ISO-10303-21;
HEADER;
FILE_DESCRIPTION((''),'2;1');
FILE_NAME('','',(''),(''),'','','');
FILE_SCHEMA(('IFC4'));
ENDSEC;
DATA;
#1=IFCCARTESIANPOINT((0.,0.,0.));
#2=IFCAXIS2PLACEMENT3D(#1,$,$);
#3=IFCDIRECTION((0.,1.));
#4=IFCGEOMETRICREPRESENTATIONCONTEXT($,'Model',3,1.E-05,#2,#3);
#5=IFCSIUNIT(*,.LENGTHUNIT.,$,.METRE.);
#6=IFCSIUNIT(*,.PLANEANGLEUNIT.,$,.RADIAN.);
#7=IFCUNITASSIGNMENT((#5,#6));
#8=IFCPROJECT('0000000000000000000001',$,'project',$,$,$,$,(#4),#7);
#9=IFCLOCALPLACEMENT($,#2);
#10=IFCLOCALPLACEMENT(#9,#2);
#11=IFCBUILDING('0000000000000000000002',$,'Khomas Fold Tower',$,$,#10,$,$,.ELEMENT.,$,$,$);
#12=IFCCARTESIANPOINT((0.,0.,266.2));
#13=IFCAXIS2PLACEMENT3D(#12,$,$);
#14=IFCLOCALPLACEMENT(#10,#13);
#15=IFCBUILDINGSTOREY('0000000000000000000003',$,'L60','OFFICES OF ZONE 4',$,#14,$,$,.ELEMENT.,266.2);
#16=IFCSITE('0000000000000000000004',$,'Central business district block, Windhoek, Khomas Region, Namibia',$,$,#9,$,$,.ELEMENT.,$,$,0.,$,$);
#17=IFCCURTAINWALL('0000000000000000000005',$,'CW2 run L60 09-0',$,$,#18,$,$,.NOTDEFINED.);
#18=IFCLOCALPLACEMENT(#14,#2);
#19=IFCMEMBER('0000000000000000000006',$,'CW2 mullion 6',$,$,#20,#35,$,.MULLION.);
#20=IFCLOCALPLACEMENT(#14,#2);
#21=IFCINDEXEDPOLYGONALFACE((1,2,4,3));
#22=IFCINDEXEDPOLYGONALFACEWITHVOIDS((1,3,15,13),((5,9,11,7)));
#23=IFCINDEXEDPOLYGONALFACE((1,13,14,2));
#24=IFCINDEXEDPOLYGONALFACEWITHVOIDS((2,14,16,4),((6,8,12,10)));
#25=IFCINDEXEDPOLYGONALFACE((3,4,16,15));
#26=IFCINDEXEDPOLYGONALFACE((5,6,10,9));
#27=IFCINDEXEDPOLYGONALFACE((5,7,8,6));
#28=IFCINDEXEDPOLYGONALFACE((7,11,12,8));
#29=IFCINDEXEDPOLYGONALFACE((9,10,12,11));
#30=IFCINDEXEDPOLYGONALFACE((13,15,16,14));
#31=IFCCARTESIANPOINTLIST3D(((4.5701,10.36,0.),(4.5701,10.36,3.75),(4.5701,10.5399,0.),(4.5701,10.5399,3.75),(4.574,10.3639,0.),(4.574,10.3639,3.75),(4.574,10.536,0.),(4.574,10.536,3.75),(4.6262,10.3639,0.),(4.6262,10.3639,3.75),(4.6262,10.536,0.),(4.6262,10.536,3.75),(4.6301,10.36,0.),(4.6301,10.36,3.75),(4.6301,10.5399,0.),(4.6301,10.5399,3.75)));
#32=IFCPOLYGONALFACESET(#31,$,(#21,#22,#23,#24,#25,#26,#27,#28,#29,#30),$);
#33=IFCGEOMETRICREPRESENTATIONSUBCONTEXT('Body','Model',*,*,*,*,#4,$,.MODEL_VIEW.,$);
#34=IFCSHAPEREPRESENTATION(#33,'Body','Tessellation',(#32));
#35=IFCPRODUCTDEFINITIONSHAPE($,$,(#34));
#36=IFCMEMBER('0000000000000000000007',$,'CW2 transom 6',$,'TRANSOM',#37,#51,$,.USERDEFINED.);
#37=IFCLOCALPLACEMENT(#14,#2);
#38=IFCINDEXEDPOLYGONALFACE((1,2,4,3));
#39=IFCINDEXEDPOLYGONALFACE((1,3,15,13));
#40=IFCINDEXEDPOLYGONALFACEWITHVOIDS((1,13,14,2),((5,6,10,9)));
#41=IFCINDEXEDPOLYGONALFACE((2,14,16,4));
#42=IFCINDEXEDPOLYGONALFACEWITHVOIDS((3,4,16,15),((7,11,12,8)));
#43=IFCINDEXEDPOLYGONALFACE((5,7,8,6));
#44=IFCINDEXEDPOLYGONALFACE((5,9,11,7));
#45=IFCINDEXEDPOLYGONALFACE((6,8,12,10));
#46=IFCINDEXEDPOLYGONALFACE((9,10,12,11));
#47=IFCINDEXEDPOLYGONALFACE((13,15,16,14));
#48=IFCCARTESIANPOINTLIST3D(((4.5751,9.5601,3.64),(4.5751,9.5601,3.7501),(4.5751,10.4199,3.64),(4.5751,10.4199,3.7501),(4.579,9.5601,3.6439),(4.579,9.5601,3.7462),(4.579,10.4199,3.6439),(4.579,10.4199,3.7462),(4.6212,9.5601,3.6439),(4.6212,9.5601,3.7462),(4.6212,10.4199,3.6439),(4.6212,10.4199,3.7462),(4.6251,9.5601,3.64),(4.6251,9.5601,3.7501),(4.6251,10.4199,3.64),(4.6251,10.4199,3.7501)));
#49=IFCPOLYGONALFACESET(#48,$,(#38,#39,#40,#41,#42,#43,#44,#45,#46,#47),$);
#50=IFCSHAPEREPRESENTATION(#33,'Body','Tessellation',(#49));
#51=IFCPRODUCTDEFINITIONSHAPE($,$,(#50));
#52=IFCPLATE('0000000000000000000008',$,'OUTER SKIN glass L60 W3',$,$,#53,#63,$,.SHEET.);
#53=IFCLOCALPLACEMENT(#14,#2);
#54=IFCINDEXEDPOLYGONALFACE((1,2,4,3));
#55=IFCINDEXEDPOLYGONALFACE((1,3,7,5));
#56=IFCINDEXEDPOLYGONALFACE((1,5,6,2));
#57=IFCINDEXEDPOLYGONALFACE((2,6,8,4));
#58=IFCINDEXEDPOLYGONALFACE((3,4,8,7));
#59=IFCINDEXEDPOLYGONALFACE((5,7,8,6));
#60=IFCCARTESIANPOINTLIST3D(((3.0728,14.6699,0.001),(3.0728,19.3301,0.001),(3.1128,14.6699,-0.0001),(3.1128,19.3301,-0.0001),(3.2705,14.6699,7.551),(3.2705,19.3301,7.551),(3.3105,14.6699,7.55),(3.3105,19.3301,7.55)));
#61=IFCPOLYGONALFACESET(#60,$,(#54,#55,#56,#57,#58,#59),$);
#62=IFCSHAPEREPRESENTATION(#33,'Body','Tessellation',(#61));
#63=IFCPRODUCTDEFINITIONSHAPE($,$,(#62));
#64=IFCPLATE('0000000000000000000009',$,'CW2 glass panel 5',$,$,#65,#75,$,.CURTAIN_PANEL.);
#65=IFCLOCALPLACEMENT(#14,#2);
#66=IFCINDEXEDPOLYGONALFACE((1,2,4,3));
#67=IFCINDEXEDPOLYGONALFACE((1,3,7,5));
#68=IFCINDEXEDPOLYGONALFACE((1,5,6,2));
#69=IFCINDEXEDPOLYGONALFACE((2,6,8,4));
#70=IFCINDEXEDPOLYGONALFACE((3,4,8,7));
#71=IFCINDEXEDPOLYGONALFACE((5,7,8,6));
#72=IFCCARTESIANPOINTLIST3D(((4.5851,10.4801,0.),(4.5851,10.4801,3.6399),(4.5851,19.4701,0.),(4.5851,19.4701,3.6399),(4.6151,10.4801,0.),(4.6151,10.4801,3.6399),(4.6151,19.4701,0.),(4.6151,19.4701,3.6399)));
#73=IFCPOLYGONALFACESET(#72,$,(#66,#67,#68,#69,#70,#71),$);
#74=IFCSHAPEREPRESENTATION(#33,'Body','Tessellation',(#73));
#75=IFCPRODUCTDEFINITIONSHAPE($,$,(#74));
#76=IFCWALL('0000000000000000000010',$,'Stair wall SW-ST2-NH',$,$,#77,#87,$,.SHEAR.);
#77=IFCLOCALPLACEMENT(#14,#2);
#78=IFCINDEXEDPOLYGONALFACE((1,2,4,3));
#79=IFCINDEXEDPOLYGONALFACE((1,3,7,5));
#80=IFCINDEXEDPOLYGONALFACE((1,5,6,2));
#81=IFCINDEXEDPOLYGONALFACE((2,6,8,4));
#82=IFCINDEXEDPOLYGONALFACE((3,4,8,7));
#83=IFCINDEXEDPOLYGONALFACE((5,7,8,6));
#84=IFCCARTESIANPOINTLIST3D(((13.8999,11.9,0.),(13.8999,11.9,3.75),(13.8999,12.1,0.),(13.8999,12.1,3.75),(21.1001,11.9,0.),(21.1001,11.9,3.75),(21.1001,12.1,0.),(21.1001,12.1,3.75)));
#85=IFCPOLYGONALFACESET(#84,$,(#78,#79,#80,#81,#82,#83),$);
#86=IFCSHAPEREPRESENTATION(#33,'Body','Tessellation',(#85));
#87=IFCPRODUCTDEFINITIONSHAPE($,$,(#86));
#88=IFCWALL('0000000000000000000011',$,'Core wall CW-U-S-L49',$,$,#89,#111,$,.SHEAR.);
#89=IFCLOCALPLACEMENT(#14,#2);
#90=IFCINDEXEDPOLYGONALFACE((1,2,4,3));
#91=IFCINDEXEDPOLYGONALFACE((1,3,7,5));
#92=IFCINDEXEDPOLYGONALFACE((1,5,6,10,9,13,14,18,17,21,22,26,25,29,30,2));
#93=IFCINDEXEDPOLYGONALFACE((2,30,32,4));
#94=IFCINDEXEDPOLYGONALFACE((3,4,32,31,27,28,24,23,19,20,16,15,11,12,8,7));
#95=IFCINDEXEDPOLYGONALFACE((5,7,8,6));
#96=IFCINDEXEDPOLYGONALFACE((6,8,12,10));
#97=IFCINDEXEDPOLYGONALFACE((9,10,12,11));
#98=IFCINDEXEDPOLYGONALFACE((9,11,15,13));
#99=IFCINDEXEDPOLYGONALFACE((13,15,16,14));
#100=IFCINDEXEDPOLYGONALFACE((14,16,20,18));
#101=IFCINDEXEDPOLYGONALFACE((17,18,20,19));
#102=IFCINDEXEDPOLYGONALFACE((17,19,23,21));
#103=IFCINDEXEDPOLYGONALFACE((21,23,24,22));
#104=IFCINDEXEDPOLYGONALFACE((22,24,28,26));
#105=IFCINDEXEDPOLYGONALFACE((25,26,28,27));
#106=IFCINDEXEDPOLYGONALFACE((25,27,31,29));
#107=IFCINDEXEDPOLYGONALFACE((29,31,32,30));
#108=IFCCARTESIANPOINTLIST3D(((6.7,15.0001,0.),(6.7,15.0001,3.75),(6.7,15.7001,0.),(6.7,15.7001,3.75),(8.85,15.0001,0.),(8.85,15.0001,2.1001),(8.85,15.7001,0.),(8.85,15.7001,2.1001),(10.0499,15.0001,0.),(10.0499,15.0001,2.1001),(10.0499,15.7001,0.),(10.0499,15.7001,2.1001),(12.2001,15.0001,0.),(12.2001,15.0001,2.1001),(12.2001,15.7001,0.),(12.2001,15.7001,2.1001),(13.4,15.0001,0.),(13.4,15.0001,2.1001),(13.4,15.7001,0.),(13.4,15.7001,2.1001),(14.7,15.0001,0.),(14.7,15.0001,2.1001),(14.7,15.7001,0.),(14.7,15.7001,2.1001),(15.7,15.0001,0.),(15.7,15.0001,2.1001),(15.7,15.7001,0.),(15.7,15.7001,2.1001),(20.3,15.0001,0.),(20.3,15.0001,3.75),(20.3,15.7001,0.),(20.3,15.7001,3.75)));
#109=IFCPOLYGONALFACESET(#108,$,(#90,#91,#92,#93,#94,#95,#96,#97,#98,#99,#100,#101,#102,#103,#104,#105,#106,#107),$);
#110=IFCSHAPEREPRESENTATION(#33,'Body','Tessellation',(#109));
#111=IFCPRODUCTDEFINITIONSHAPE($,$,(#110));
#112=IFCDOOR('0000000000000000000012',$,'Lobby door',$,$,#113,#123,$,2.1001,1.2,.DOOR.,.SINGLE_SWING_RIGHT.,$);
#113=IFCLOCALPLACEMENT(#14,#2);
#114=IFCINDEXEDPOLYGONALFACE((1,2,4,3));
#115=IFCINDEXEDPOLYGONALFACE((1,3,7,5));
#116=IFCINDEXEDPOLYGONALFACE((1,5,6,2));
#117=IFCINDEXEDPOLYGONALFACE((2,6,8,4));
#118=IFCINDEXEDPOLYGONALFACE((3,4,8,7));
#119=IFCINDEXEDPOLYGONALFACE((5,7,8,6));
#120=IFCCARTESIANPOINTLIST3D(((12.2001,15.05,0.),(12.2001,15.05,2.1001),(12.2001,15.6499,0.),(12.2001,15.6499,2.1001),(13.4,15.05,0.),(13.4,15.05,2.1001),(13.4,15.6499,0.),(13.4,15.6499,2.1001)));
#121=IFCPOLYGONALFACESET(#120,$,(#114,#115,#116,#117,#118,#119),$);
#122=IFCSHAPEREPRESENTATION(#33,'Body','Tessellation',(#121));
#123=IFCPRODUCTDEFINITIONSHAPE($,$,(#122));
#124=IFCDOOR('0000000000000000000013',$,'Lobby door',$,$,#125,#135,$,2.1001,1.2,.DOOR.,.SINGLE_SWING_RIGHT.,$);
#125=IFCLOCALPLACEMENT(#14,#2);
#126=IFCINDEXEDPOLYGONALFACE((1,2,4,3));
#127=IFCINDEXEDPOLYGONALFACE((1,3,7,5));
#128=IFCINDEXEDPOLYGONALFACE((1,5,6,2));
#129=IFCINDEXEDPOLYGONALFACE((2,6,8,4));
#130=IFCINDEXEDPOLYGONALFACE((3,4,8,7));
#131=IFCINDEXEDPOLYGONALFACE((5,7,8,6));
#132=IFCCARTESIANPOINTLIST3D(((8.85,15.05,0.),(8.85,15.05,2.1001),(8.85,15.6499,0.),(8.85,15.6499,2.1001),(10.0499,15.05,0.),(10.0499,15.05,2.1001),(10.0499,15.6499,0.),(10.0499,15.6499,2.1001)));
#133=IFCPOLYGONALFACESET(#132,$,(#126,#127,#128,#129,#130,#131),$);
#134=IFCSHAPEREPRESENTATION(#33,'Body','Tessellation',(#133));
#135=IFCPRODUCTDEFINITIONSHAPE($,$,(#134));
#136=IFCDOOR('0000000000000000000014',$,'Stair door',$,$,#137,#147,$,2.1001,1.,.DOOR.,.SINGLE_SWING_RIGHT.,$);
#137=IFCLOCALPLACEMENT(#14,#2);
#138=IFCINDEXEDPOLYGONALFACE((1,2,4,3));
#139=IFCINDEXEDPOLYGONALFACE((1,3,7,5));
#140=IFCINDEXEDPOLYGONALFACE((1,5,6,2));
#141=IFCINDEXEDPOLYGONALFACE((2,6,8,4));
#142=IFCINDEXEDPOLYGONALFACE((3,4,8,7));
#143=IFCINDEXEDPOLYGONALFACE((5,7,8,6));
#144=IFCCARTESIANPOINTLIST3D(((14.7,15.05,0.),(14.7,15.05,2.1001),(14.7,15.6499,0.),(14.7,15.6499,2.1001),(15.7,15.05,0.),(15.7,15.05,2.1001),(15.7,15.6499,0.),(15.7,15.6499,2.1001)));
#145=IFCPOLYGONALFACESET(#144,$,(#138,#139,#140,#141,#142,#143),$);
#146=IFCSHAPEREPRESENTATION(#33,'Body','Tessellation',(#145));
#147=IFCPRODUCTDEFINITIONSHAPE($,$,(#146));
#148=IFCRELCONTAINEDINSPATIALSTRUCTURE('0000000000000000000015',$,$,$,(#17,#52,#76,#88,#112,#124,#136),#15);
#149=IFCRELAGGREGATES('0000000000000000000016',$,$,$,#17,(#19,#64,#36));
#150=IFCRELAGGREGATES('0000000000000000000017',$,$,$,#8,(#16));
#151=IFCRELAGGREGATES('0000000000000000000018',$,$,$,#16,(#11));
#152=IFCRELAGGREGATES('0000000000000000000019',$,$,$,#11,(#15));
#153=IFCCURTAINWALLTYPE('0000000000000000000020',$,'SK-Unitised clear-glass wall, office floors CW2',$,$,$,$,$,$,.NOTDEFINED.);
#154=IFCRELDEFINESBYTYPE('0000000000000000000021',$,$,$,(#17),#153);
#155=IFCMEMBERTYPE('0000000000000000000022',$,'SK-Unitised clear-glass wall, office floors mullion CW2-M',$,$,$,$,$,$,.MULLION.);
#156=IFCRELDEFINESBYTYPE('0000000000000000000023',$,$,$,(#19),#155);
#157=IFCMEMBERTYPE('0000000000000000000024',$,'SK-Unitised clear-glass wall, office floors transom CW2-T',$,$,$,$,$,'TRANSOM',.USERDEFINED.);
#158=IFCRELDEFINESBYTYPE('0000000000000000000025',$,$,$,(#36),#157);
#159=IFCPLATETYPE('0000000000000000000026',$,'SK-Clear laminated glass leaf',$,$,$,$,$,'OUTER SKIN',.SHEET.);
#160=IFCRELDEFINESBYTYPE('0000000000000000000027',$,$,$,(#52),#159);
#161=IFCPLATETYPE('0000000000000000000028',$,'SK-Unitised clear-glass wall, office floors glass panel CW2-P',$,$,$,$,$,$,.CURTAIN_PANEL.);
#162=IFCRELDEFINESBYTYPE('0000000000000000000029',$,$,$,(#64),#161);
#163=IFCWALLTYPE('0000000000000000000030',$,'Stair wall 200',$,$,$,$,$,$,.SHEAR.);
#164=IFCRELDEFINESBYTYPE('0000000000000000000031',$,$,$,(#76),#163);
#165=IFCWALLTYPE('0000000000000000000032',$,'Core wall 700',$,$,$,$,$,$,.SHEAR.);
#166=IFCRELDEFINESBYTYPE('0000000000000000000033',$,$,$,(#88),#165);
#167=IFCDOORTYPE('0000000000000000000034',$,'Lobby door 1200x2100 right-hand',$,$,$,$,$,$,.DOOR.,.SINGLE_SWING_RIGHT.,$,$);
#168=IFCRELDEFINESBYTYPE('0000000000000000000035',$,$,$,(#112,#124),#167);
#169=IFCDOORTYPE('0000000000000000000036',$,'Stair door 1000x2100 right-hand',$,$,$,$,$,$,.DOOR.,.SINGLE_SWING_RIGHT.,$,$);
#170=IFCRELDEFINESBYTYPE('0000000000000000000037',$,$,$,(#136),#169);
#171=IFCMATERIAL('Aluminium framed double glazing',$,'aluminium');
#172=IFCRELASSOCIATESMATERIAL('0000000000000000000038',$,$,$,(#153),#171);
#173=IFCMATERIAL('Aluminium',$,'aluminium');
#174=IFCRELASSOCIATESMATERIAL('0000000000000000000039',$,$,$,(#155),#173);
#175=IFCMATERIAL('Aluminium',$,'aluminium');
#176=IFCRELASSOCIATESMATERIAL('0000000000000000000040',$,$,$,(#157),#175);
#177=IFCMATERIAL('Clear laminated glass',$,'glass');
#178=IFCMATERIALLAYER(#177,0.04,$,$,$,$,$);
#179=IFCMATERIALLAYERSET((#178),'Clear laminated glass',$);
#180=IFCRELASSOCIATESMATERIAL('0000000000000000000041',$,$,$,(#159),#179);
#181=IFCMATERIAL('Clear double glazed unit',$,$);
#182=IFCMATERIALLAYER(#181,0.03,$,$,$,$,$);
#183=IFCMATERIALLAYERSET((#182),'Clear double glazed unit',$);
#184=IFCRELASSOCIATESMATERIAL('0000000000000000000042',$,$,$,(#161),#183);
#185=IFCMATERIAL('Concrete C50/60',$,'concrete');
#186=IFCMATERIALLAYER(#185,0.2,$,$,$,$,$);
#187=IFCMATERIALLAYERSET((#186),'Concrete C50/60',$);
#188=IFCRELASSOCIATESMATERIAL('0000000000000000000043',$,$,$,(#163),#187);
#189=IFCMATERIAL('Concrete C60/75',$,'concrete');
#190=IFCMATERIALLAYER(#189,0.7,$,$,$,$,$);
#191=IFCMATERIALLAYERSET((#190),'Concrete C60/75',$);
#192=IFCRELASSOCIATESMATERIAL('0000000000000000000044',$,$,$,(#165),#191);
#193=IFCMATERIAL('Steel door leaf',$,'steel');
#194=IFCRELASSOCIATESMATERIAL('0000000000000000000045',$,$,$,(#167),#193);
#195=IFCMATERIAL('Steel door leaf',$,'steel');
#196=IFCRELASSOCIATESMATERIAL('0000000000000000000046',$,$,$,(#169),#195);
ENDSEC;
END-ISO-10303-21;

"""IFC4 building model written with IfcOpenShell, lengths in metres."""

from ifc_helpers import new_model, si_unit, direction, frame, frame_2d, origin, origin_2d, place, context, subcontext, project, spatial, polyline, rectangle, hollow_rectangle, outline, extrude, source, transform, mapped, material, layer, layer_set, material_profile, profile_set, type_object, element, fill, aggregate, save


model = new_model("IFC4")

# Units and contexts
model_context = context("Model", 3, precision=1e-05, world=origin(), true_north=direction((0.0, 1.0)))
body_context = subcontext(model_context, "Body", "Model", "MODEL_VIEW")
ifc_project = project(units=[si_unit("LENGTHUNIT", "METRE"), si_unit("PLANEANGLEUNIT", "RADIAN")], contexts=[model_context])

# Site, building, storey
site_placement = place(None, origin())
site = spatial("IfcSite", under=ifc_project, at=site_placement, Name="Central business district block, Windhoek, Khomas Region, Namibia", CompositionType="ELEMENT", RefElevation=0.0)
building_placement = place(site_placement, origin())
building = spatial("IfcBuilding", under=site, at=building_placement, Name="Khomas Fold Tower", CompositionType="ELEMENT")
storey_placement = place(building_placement, frame((0.0, 0.0, 266.2)))
storey = spatial("IfcBuildingStorey", under=building, at=storey_placement, Name="L60", Description="OFFICES OF ZONE 4", CompositionType="ELEMENT", Elevation=266.2)

# Curtain wall, members
ifc_material_1 = material(Name="Aluminium framed double glazing", Category="aluminium")
curtain_wall_type = type_object("IfcCurtainWallType", Name="SK-Unitised clear-glass wall, office floors CW2", PredefinedType="NOTDEFINED", material=ifc_material_1)
curtain_wall_placement = place(storey_placement, origin())
curtain_wall = element("IfcCurtainWall", 1, at=curtain_wall_placement, inside=storey, type_object=curtain_wall_type, Name="CW2 run L60 09-0", PredefinedType="NOTDEFINED")
ifc_material_2 = material(Name="Aluminium", Category="aluminium")
ifc_material_profile_1 = material_profile(ifc_material_2, hollow_rectangle(XDim=0.0601, YDim=0.1799, WallThickness=0.0039, at=origin_2d()), Name="SK-Unitised clear-glass wall, office floors mullion CW2-M")
ifc_profile_set_1 = profile_set([ifc_material_profile_1], Name="Aluminium")
member_type_1 = type_object("IfcMemberType", Name="SK-Unitised clear-glass wall, office floors mullion CW2-M", PredefinedType="MULLION", material=ifc_profile_set_1)
shared_shape_1 = source(origin(), body_context, "Body", "SweptSolid", [
    extrude(hollow_rectangle(XDim=0.0601, YDim=0.1799, WallThickness=0.0039, at=origin_2d()), origin(), (0.0, 0.0, 1.0), 3.75),
])
member_1_placement = place(storey_placement, frame((4.6001, 10.45, 0.0), z_axis=(0.0, 0.0, 1.0), x_axis=(1.0, 0.0, 0.0)))
member_1 = element("IfcMember", 2, at=member_1_placement, type_object=member_type_1, Name="CW2 mullion 6", PredefinedType="MULLION", context=body_context, shape_type="MappedRepresentation", body=[
    mapped(shared_shape_1, transform((0.0, 0.0, 0.0))),
])
ifc_material_3 = material(Name="Aluminium", Category="aluminium")
ifc_material_profile_2 = material_profile(ifc_material_3, hollow_rectangle(XDim=0.05, YDim=0.1101, WallThickness=0.0039, at=origin_2d()), Name="SK-Unitised clear-glass wall, office floors transom CW2-T")
ifc_profile_set_2 = profile_set([ifc_material_profile_2], Name="Aluminium")
member_type_2 = type_object("IfcMemberType", Name="SK-Unitised clear-glass wall, office floors transom CW2-T", ElementType="TRANSOM", PredefinedType="USERDEFINED", material=ifc_profile_set_2)
shared_shape_2 = source(origin(), body_context, "Body", "SweptSolid", [
    extrude(hollow_rectangle(XDim=0.05, YDim=0.1101, WallThickness=0.0039, at=origin_2d()), origin(), (0.0, 0.0, 1.0), 0.8599),
])
member_2_placement = place(storey_placement, frame((4.6001, 10.4199, 3.6951), z_axis=(0.0, -1.0, 0.0), x_axis=(1.0, 0.0, 0.0)))
member_2 = element("IfcMember", 3, at=member_2_placement, type_object=member_type_2, Name="CW2 transom 6", ObjectType="TRANSOM", PredefinedType="USERDEFINED", context=body_context, shape_type="MappedRepresentation", body=[
    mapped(shared_shape_2, transform((0.0, 0.0, 0.0))),
])

# Plates
ifc_material_4 = material(Name="Clear laminated glass", Category="glass")
ifc_layer_1 = layer(ifc_material_4, 0.04)
ifc_layer_set_1 = layer_set([ifc_layer_1], Name="Clear laminated glass")
plate_type_1 = type_object("IfcPlateType", Name="SK-Clear laminated glass leaf", ElementType="OUTER SKIN", PredefinedType="SHEET", material=ifc_layer_set_1)
plate_1_placement = place(storey_placement, frame((3.0728, 14.6699, 0.001), z_axis=(-0.999657, 0.0, 0.026183), x_axis=(0.0, 1.0, 0.0)))
element("IfcPlate", 4, at=plate_1_placement, inside=storey, type_object=plate_type_1, Name="OUTER SKIN glass L60 W3", PredefinedType="SHEET", context=body_context, shape_type="SweptSolid", body=[
    extrude(outline(polyline([(0.0, 0.0), (4.6602, 0.0), (4.6602, -7.5526), (0.0, -7.5526), (0.0, 0.0)])), origin(), (0.0, 0.0, -1.0), 0.04),
])
ifc_material_5 = material(Name="Clear double glazed unit")
ifc_layer_2 = layer(ifc_material_5, 0.03)
ifc_layer_set_2 = layer_set([ifc_layer_2], Name="Clear double glazed unit")
plate_type_2 = type_object("IfcPlateType", Name="SK-Unitised clear-glass wall, office floors glass panel CW2-P", PredefinedType="CURTAIN_PANEL", material=ifc_layer_set_2)
shared_shape_3 = source(origin(), body_context, "Body", "SweptSolid", [
    extrude(rectangle(XDim=8.99, YDim=0.03, at=origin_2d()), origin(), (0.0, 0.0, 1.0), 3.6399),
])
plate_2_placement = place(storey_placement, frame((4.6001, 14.9751, 0.0), z_axis=(0.0, 0.0, 1.0), x_axis=(0.0, -1.0, 0.0)))
plate_2 = element("IfcPlate", 5, at=plate_2_placement, type_object=plate_type_2, Name="CW2 glass panel 5", PredefinedType="CURTAIN_PANEL", context=body_context, shape_type="MappedRepresentation", body=[
    mapped(shared_shape_3, transform((0.0, 0.0, 0.0))),
])
aggregate(curtain_wall, [member_1, plate_2, member_2])

# Wall
ifc_material_6 = material(Name="Concrete C50/60", Category="concrete")
ifc_layer_3 = layer(ifc_material_6, 0.2)
ifc_layer_set_3 = layer_set([ifc_layer_3], Name="Concrete C50/60")
wall_type_1 = type_object("IfcWallType", Name="Stair wall 200", PredefinedType="SHEAR", material=ifc_layer_set_3)
shared_shape_4 = source(origin(), body_context, "Body", "SweptSolid", [
    extrude(rectangle(XDim=7.2002, YDim=0.2, at=frame_2d((3.6001, 0.0))), origin(), (0.0, 0.0, 1.0), 3.75),
])
wall_1_placement = place(storey_placement, frame((13.8999, 12.0, 0.0), z_axis=(0.0, 0.0, 1.0), x_axis=(1.0, 0.0, 0.0)))
element("IfcWall", 6, at=wall_1_placement, inside=storey, type_object=wall_type_1, Name="Stair wall SW-ST2-NH", PredefinedType="SHEAR", context=body_context, shape_type="MappedRepresentation", body=[
    mapped(shared_shape_4, transform((0.0, 0.0, 0.0))),
])

# Wall, openings, doors
ifc_material_7 = material(Name="Concrete C60/75", Category="concrete")
ifc_layer_4 = layer(ifc_material_7, 0.7)
ifc_layer_set_4 = layer_set([ifc_layer_4], Name="Concrete C60/75")
wall_type_2 = type_object("IfcWallType", Name="Core wall 700", PredefinedType="SHEAR", material=ifc_layer_set_4)
shared_shape_5 = source(origin(), body_context, "Body", "SweptSolid", [
    extrude(rectangle(XDim=13.6001, YDim=0.7, at=frame_2d((6.8, 0.0))), origin(), (0.0, 0.0, 1.0), 3.75),
])
wall_2_placement = place(storey_placement, frame((6.7, 15.3501, 0.0), z_axis=(0.0, 0.0, 1.0), x_axis=(1.0, 0.0, 0.0)))
wall_2 = element("IfcWall", 7, at=wall_2_placement, inside=storey, type_object=wall_type_2, Name="Core wall CW-U-S-L49", PredefinedType="SHEAR", context=body_context, shape_type="MappedRepresentation", body=[
    mapped(shared_shape_5, transform((0.0, 0.0, 0.0))),
])
shared_shape_6 = source(origin(), body_context, "Body", "SweptSolid", [
    extrude(rectangle(XDim=1.2, YDim=2.1001, at=frame_2d((0.6001, 1.05))), frame((0.0, 0.3599, 0.0), z_axis=(0.0, -1.0, 0.0), x_axis=(1.0, 0.0, 0.0)), (0.0, 0.0, 1.0), 0.72),
])
opening_1_placement = place(wall_2_placement, frame((5.5, 0.0, 0.0)))
opening_1 = element("IfcOpeningElement", 8, at=opening_1_placement, cuts=wall_2, PredefinedType="OPENING", context=body_context, shape_type="MappedRepresentation", body=[
    mapped(shared_shape_6, transform((0.0, 0.0, 0.0))),
])
opening_2_placement = place(wall_2_placement, frame((2.1499, 0.0, 0.0)))
opening_2 = element("IfcOpeningElement", 9, at=opening_2_placement, cuts=wall_2, PredefinedType="OPENING", context=body_context, shape_type="MappedRepresentation", body=[
    mapped(shared_shape_6, transform((0.0, 0.0, 0.0))),
])
shared_shape_7 = source(origin(), body_context, "Body", "SweptSolid", [
    extrude(rectangle(XDim=1.0, YDim=2.1001, at=frame_2d((0.5, 1.05))), frame((0.0, 0.3599, 0.0), z_axis=(0.0, -1.0, 0.0), x_axis=(1.0, 0.0, 0.0)), (0.0, 0.0, 1.0), 0.72),
])
opening_3_placement = place(wall_2_placement, frame((8.0, 0.0, 0.0)))
opening_3 = element("IfcOpeningElement", 10, at=opening_3_placement, cuts=wall_2, PredefinedType="OPENING", context=body_context, shape_type="MappedRepresentation", body=[
    mapped(shared_shape_7, transform((0.0, 0.0, 0.0))),
])
ifc_material_8 = material(Name="Steel door leaf", Category="steel")
door_type_1 = type_object("IfcDoorType", Name="Lobby door 1200x2100 right-hand", OperationType="SINGLE_SWING_RIGHT", PredefinedType="DOOR", material=ifc_material_8)
shared_shape_8 = source(origin(), body_context, "Body", "SweptSolid", [
    extrude(rectangle(XDim=1.2, YDim=2.1001, at=frame_2d((0.6001, 1.05))), frame((0.0, 0.2998, 0.0), z_axis=(0.0, -1.0, 0.0), x_axis=(1.0, 0.0, 0.0)), (0.0, 0.0, 1.0), 0.5999),
])
door_1_placement = place(opening_1_placement, origin())
door_1 = element("IfcDoor", 11, at=door_1_placement, inside=storey, type_object=door_type_1, Name="Lobby door", OperationType="SINGLE_SWING_RIGHT", OverallHeight=2.1001, OverallWidth=1.2, PredefinedType="DOOR", context=body_context, shape_type="MappedRepresentation", body=[
    mapped(shared_shape_8, transform((0.0, 0.0, 0.0))),
])
fill(opening_1, door_1)
door_2_placement = place(opening_2_placement, origin())
door_2 = element("IfcDoor", 12, at=door_2_placement, inside=storey, type_object=door_type_1, Name="Lobby door", OperationType="SINGLE_SWING_RIGHT", OverallHeight=2.1001, OverallWidth=1.2, PredefinedType="DOOR", context=body_context, shape_type="MappedRepresentation", body=[
    mapped(shared_shape_8, transform((0.0, 0.0, 0.0))),
])
fill(opening_2, door_2)
ifc_material_9 = material(Name="Steel door leaf", Category="steel")
door_type_2 = type_object("IfcDoorType", Name="Stair door 1000x2100 right-hand", OperationType="SINGLE_SWING_RIGHT", PredefinedType="DOOR", material=ifc_material_9)
shared_shape_9 = source(origin(), body_context, "Body", "SweptSolid", [
    extrude(rectangle(XDim=1.0, YDim=2.1001, at=frame_2d((0.5, 1.05))), frame((0.0, 0.2998, 0.0), z_axis=(0.0, -1.0, 0.0), x_axis=(1.0, 0.0, 0.0)), (0.0, 0.0, 1.0), 0.5999),
])
door_3_placement = place(opening_3_placement, origin())
door_3 = element("IfcDoor", 13, at=door_3_placement, inside=storey, type_object=door_type_2, Name="Stair door", OperationType="SINGLE_SWING_RIGHT", OverallHeight=2.1001, OverallWidth=1.0, PredefinedType="DOOR", context=body_context, shape_type="MappedRepresentation", body=[
    mapped(shared_shape_9, transform((0.0, 0.0, 0.0))),
])
fill(opening_3, door_3)

save(model, "model.ifc")
